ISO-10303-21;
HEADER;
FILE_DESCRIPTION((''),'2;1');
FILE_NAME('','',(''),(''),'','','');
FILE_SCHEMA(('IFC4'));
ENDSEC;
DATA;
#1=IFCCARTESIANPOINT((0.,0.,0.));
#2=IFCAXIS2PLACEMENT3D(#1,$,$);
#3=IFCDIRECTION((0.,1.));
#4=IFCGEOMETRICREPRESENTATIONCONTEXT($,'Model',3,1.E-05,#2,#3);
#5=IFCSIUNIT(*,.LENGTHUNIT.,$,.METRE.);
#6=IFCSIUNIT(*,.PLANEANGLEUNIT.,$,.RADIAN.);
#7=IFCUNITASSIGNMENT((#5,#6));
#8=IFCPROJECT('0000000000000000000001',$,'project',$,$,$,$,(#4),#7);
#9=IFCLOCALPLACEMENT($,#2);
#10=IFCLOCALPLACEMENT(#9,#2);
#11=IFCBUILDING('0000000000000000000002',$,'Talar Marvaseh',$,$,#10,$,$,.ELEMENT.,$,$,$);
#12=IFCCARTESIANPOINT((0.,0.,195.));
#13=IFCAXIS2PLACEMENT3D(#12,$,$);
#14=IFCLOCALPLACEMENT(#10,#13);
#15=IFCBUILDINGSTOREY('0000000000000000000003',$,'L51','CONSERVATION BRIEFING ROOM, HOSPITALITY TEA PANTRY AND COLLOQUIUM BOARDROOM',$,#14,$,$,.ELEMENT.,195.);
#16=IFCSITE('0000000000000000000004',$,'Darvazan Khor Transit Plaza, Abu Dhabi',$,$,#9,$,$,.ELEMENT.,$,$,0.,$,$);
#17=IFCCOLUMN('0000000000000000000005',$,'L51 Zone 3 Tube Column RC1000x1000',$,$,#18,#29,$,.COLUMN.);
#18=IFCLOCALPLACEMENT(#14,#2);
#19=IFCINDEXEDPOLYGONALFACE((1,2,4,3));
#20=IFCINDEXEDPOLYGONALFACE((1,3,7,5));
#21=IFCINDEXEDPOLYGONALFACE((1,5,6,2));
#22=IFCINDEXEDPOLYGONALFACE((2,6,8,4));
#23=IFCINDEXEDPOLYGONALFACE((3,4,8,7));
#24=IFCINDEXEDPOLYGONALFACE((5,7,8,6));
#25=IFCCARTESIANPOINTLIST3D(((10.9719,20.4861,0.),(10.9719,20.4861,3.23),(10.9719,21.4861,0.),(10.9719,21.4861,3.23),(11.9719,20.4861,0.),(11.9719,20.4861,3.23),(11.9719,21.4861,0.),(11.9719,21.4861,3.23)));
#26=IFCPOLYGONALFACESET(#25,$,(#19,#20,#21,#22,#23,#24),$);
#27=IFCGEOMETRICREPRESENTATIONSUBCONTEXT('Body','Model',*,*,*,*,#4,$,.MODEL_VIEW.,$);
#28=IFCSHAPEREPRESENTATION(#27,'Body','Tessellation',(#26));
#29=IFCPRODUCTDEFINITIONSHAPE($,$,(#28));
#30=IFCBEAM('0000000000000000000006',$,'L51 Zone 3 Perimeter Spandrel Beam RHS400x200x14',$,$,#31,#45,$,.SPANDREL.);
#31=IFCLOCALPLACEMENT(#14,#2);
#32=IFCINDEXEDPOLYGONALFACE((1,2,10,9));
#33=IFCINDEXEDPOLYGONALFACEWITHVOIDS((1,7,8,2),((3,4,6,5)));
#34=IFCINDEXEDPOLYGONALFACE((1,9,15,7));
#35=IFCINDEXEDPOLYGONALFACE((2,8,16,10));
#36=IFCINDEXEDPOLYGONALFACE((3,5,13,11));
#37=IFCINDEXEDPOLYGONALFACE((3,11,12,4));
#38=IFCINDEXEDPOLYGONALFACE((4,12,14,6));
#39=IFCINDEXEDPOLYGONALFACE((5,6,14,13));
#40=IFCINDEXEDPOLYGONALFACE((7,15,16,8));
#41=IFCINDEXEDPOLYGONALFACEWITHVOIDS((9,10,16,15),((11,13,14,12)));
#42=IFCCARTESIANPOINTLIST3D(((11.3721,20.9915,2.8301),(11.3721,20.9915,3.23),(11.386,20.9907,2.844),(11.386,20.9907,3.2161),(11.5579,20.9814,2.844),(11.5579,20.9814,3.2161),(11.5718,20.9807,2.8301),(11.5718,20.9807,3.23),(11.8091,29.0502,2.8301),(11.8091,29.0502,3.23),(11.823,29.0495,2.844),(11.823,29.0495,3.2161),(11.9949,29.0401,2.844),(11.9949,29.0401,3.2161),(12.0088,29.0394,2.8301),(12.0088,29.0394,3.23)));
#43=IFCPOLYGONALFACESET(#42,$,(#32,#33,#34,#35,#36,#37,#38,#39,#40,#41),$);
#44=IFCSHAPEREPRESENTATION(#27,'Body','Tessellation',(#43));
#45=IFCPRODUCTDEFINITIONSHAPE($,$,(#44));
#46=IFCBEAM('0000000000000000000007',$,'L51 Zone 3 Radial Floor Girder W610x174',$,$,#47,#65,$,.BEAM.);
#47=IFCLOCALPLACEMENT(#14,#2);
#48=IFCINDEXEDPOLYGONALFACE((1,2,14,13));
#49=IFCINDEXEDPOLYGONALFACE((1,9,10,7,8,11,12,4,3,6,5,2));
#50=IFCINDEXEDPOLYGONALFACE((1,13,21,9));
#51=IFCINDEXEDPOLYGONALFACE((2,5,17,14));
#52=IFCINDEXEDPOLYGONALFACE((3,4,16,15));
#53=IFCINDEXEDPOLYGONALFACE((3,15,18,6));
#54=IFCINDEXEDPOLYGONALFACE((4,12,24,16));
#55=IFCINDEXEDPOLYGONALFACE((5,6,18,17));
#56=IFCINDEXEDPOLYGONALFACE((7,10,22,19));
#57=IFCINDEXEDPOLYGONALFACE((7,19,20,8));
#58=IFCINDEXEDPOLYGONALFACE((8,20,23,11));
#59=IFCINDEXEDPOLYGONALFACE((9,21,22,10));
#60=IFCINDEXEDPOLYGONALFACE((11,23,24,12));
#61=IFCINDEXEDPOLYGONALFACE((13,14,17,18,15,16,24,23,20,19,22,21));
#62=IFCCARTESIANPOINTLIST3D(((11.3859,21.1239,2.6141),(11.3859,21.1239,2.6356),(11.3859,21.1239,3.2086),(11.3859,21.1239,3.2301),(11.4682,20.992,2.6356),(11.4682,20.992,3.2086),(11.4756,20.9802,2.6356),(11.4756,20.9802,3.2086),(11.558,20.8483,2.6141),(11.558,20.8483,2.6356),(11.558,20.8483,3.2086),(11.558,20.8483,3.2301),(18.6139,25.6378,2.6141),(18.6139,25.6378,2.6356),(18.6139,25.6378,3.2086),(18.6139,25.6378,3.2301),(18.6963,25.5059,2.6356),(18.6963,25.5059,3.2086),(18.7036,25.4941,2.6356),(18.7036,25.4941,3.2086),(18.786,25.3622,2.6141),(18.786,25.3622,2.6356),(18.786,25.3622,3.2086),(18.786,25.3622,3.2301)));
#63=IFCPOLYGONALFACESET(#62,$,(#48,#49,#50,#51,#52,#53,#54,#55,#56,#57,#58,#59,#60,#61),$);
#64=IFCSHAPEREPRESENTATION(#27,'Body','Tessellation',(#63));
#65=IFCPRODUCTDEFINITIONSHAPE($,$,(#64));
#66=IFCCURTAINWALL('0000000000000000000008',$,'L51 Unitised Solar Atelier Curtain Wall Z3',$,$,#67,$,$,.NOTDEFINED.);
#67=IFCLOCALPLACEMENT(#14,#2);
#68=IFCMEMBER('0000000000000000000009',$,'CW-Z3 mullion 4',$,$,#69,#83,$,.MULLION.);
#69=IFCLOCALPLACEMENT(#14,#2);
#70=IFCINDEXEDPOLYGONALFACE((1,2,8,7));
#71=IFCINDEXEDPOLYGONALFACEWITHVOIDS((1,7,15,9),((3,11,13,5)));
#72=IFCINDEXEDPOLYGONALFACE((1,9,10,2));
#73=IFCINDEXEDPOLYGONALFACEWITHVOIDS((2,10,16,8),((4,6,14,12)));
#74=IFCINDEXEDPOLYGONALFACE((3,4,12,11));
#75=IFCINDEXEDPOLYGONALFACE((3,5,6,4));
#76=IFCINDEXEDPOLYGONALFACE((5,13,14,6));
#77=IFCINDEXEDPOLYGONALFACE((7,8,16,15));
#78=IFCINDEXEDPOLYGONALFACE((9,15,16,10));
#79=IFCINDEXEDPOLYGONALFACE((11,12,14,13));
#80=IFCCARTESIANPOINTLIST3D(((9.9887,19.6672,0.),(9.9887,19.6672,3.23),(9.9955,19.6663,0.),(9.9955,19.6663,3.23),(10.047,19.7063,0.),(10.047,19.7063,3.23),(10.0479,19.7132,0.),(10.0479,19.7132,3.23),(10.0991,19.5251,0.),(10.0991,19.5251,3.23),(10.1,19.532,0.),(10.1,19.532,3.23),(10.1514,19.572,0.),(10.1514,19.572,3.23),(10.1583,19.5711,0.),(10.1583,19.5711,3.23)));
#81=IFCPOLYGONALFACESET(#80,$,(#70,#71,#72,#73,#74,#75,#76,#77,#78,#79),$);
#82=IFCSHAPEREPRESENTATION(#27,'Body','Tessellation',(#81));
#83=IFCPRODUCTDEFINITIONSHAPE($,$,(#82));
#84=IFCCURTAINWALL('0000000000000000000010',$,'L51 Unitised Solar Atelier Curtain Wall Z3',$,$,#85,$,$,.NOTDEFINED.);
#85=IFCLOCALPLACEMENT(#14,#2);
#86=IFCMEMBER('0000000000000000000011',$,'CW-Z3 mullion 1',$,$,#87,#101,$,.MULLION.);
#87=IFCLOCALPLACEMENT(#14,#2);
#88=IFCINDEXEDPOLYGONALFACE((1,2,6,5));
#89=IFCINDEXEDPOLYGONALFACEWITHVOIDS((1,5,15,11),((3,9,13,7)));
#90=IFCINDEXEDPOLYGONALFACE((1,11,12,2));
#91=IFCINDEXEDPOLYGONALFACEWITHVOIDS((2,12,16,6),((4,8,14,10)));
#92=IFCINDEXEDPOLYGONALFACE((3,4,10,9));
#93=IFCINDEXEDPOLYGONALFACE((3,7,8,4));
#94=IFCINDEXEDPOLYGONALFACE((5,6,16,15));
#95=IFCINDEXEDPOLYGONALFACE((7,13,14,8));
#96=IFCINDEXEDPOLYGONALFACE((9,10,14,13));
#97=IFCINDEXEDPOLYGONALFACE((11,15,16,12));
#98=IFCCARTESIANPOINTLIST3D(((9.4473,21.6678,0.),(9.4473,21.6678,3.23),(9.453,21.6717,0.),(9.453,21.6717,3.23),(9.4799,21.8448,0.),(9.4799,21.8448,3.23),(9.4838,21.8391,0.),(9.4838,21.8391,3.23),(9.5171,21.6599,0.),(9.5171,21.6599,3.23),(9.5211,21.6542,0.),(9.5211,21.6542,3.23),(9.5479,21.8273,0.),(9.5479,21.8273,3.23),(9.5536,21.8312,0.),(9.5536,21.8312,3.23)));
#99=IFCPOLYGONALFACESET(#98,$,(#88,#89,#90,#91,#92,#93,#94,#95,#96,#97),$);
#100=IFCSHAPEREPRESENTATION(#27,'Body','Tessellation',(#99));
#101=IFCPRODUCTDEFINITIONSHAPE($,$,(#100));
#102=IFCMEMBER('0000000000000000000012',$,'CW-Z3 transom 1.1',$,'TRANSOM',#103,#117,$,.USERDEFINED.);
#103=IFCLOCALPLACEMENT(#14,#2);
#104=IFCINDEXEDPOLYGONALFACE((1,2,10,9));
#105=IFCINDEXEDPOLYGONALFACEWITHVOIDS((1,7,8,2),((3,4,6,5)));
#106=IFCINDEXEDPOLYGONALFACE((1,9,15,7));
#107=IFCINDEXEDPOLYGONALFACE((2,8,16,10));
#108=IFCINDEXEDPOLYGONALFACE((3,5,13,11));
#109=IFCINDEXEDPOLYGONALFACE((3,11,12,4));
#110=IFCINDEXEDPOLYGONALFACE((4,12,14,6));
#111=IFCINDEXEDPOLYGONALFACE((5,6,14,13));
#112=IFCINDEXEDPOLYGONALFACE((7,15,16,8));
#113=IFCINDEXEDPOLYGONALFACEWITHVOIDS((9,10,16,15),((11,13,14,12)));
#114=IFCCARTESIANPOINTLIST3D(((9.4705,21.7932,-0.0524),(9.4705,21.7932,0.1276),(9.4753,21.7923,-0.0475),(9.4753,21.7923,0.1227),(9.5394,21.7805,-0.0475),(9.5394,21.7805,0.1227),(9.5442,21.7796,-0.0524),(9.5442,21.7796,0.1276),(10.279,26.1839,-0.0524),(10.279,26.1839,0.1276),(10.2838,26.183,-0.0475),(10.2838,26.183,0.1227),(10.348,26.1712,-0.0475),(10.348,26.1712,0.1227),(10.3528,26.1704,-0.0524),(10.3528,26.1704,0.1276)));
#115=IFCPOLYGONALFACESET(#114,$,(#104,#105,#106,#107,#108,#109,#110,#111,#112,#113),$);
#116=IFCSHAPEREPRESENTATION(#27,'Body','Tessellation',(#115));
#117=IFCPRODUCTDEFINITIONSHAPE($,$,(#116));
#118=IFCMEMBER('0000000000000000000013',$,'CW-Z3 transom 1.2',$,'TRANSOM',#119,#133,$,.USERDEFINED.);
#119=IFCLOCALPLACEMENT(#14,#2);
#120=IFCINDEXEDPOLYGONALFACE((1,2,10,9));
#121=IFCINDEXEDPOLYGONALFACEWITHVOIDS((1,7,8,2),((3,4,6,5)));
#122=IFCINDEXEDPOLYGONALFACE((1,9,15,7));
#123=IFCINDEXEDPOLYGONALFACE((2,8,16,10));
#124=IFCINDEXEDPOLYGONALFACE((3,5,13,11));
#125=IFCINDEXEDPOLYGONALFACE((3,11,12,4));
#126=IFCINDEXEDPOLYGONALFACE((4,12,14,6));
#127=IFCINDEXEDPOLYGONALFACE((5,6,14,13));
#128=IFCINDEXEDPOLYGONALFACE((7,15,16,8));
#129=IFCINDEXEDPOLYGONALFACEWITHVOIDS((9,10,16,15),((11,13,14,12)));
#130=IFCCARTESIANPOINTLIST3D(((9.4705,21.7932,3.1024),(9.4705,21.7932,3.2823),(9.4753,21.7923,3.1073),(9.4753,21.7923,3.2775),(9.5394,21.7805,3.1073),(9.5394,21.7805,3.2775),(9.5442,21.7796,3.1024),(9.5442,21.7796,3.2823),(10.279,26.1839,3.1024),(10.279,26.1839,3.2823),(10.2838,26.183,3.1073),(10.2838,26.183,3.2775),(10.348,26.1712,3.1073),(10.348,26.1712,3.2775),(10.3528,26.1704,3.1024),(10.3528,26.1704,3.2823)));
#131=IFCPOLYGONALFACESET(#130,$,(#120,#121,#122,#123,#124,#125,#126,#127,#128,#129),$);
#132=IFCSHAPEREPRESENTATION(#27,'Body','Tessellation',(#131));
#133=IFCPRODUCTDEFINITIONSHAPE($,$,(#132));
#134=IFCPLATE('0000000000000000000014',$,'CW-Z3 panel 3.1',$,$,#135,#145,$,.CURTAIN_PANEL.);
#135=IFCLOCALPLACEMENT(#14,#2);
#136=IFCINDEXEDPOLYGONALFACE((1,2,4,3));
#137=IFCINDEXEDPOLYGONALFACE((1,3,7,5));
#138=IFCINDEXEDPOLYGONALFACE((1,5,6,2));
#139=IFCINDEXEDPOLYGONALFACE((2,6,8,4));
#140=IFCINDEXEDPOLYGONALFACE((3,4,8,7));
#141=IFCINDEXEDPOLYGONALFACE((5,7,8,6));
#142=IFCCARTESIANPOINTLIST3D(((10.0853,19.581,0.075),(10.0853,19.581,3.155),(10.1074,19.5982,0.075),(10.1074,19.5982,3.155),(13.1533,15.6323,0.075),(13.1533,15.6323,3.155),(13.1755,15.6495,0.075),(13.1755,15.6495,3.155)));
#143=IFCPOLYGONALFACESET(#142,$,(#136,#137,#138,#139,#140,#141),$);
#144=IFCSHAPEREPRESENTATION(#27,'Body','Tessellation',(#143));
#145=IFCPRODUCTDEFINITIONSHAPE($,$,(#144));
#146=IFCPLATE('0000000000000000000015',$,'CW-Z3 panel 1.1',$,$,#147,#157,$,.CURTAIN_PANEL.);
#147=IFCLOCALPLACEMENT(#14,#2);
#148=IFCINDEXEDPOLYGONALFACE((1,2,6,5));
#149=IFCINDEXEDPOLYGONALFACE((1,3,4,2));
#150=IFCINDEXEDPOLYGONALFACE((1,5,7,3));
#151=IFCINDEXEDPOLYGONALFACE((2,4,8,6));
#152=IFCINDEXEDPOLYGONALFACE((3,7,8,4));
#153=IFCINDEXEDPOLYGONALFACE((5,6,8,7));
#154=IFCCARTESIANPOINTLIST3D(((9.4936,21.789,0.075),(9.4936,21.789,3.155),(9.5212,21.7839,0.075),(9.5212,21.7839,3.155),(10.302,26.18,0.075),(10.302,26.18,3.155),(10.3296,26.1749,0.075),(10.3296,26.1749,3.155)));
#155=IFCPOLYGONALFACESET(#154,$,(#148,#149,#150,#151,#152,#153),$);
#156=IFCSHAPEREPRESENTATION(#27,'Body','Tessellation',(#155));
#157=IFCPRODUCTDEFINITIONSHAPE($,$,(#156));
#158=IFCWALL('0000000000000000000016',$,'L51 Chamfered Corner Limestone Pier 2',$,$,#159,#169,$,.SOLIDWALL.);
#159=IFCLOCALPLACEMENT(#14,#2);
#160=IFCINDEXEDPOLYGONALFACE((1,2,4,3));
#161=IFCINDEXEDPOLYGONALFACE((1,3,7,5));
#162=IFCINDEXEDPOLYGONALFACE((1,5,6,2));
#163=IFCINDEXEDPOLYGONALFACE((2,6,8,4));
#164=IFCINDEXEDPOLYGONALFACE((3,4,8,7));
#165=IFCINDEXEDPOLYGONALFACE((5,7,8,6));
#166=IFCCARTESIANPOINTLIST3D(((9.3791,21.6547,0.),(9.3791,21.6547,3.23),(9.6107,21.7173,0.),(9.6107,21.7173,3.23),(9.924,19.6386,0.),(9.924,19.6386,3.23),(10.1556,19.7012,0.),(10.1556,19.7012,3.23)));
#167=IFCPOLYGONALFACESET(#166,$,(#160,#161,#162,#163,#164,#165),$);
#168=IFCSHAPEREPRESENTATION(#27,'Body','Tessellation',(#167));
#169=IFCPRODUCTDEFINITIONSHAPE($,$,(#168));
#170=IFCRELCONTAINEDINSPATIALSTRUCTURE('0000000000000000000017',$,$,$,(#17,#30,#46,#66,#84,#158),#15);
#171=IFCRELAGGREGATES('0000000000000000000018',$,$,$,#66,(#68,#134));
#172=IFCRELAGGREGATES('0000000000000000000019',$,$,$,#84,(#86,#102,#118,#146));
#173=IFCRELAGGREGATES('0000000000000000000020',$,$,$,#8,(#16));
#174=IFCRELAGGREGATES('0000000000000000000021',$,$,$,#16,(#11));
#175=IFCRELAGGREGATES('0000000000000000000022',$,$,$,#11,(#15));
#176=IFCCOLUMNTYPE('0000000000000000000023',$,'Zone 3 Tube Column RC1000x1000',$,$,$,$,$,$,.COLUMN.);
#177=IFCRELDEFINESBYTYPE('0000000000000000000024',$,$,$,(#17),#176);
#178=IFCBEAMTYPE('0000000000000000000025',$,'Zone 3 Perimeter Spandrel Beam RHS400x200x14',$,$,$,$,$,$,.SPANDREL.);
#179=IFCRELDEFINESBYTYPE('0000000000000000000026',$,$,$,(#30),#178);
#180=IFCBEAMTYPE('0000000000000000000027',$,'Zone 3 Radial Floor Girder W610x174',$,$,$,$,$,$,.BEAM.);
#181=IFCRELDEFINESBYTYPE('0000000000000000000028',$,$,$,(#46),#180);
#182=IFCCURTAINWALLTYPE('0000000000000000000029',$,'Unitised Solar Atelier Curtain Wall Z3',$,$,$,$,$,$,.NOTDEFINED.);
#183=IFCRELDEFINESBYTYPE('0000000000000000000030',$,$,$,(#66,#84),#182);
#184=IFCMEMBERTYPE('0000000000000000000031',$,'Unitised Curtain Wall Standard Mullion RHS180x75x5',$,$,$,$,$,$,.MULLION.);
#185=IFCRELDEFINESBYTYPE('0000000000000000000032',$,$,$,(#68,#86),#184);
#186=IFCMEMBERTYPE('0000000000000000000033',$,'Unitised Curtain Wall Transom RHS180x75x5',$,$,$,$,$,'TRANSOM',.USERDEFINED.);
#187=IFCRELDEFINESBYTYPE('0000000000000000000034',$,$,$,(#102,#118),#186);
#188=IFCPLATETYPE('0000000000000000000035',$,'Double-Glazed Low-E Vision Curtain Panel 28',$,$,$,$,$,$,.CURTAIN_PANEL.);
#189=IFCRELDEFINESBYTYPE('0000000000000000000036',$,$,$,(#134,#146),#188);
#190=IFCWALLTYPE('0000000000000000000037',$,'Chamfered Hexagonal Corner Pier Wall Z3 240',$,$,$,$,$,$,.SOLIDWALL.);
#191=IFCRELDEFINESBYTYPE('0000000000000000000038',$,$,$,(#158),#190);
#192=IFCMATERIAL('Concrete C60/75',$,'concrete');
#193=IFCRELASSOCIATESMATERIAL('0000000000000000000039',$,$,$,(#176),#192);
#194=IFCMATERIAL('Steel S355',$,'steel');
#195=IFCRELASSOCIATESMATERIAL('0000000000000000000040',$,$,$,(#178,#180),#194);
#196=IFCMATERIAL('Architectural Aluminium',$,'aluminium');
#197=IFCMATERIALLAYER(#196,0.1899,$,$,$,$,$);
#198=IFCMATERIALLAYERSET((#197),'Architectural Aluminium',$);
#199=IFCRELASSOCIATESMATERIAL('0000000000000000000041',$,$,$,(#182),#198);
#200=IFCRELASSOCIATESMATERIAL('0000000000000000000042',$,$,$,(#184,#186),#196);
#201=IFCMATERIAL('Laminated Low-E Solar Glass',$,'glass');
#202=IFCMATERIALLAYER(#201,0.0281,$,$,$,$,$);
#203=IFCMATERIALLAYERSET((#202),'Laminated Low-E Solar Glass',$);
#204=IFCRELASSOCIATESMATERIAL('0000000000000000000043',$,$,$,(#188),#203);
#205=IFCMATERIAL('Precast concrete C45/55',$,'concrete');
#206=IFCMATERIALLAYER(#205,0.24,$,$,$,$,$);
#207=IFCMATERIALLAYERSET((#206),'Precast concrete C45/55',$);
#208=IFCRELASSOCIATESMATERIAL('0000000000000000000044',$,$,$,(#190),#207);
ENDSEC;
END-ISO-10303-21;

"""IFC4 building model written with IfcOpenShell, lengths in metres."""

from ifc_helpers import new_model, si_unit, direction, frame, frame_2d, origin, origin_2d, place, context, subcontext, project, spatial, rectangle, hollow_rectangle, i_section, extrude, source, transform, mapped, material, layer, layer_set, material_profile, profile_set, type_object, type_shapes, element, aggregate, save


model = new_model("IFC4")

# Units and contexts
model_context = context("Model", 3, precision=1e-05, world=origin(), true_north=direction((0.0, 1.0)))
body_context = subcontext(model_context, "Body", "Model", "MODEL_VIEW")
ifc_project = project(units=[si_unit("LENGTHUNIT", "METRE"), si_unit("PLANEANGLEUNIT", "RADIAN")], contexts=[model_context])

# Site, building, storey
site_placement = place(None, origin())
site = spatial("IfcSite", under=ifc_project, at=site_placement, Name="Darvazan Khor Transit Plaza, Abu Dhabi", CompositionType="ELEMENT", RefElevation=0.0)
building_placement = place(site_placement, origin())
building = spatial("IfcBuilding", under=site, at=building_placement, Name="Talar Marvaseh", CompositionType="ELEMENT")
storey_placement = place(building_placement, frame((0.0, 0.0, 195.0)))
storey = spatial("IfcBuildingStorey", under=building, at=storey_placement, Name="L51", Description="CONSERVATION BRIEFING ROOM, HOSPITALITY TEA PANTRY AND COLLOQUIUM BOARDROOM", CompositionType="ELEMENT", Elevation=195.0)

# Column
ifc_material_1 = material(Name="Concrete C60/75", Category="concrete")
ifc_material_profile_1 = material_profile(ifc_material_1, rectangle(XDim=1.0, YDim=1.0, at=origin_2d()), Name="RC1000x1000")
ifc_profile_set_1 = profile_set([ifc_material_profile_1], Name="Concrete C60/75")
column_type = type_object("IfcColumnType", Name="Zone 3 Tube Column RC1000x1000", PredefinedType="COLUMN", material=ifc_profile_set_1)
column_placement = place(storey_placement, frame((11.4719, 20.9861, 0.0), z_axis=(0.0, 0.0, 1.0), x_axis=(1.0, 0.0, 0.0)))
element("IfcColumn", 1, at=column_placement, inside=storey, type_object=column_type, Name="L51 Zone 3 Tube Column RC1000x1000", PredefinedType="COLUMN", context=body_context, shape_type="SweptSolid", body=[
    extrude(rectangle(XDim=1.0, YDim=1.0, at=origin_2d()), origin(), (0.0, 0.0, 1.0), 3.23),
])

# Beams
ifc_material_2 = material(Name="Steel S355", Category="steel")
ifc_material_profile_2 = material_profile(ifc_material_2, hollow_rectangle(XDim=0.2, YDim=0.3999, WallThickness=0.0139, at=origin_2d()), Name="RHS400x200x14")
ifc_profile_set_2 = profile_set([ifc_material_profile_2], Name="Steel S355")
beam_type_1 = type_object("IfcBeamType", Name="Zone 3 Perimeter Spandrel Beam RHS400x200x14", PredefinedType="SPANDREL", material=ifc_profile_set_2)
beam_1_placement = place(storey_placement, frame((11.4719, 20.9861, 3.03), z_axis=(0.054148, 0.998533, 0.0), x_axis=(-0.998533, 0.054148, 0.0)))
element("IfcBeam", 2, at=beam_1_placement, inside=storey, type_object=beam_type_1, Name="L51 Zone 3 Perimeter Spandrel Beam RHS400x200x14", PredefinedType="SPANDREL", context=body_context, shape_type="SweptSolid", body=[
    extrude(hollow_rectangle(XDim=0.2, YDim=0.3999, WallThickness=0.0139, at=origin_2d()), origin(), (0.0, 0.0, 1.0), 8.0706),
])
ifc_material_profile_3 = material_profile(ifc_material_2, i_section(OverallWidth=0.325, OverallDepth=0.616, WebThickness=0.0139, FlangeThickness=0.0215, at=origin_2d()), Name="W610x174")
ifc_profile_set_3 = profile_set([ifc_material_profile_3], Name="Steel S355")
beam_type_2 = type_object("IfcBeamType", Name="Zone 3 Radial Floor Girder W610x174", PredefinedType="BEAM", material=ifc_profile_set_3)
beam_2_placement = place(storey_placement, frame((11.4719, 20.9861, 2.9221), z_axis=(0.848188, 0.529695, 0.0), x_axis=(-0.529695, 0.848188, 0.0)))
element("IfcBeam", 3, at=beam_2_placement, inside=storey, type_object=beam_type_2, Name="L51 Zone 3 Radial Floor Girder W610x174", PredefinedType="BEAM", context=body_context, shape_type="SweptSolid", body=[
    extrude(i_section(OverallWidth=0.325, OverallDepth=0.616, WebThickness=0.0139, FlangeThickness=0.0215, at=origin_2d()), origin(), (0.0, 0.0, 1.0), 8.5217),
])

# Curtain wall, member
ifc_material_3 = material(Name="Architectural Aluminium", Category="aluminium")
ifc_layer_1 = layer(ifc_material_3, 0.1899)
ifc_layer_set_1 = layer_set([ifc_layer_1], Name="Architectural Aluminium")
curtain_wall_type = type_object("IfcCurtainWallType", Name="Unitised Solar Atelier Curtain Wall Z3", PredefinedType="NOTDEFINED", material=ifc_layer_set_1)
curtain_wall_1_placement = place(storey_placement, origin())
curtain_wall_1 = element("IfcCurtainWall", 4, at=curtain_wall_1_placement, inside=storey, type_object=curtain_wall_type, Name="L51 Unitised Solar Atelier Curtain Wall Z3", PredefinedType="NOTDEFINED")
ifc_material_profile_4 = material_profile(ifc_material_3, hollow_rectangle(XDim=0.075, YDim=0.1799, WallThickness=0.0049, at=origin_2d()), Name="RHS180x75x5")
ifc_profile_set_4 = profile_set([ifc_material_profile_4], Name="Architectural Aluminium")
member_type_1 = type_object("IfcMemberType", Name="Unitised Curtain Wall Standard Mullion RHS180x75x5", PredefinedType="MULLION", material=ifc_profile_set_4)
shared_shape_1 = source(origin(), body_context, "Body", "SweptSolid", [
    extrude(hollow_rectangle(XDim=0.075, YDim=0.1799, WallThickness=0.0049, at=origin_2d()), origin(), (0.0, 0.0, 1.0), 3.23),
])
type_shapes(member_type_1, [shared_shape_1])
member_1_placement = place(storey_placement, frame((10.0735, 19.6191, 0.0), z_axis=(0.0, 0.0, 1.0), x_axis=(-0.789661, -0.613543, 0.0)))
member_1 = element("IfcMember", 5, at=member_1_placement, type_object=member_type_1, Name="CW-Z3 mullion 4", PredefinedType="MULLION", context=body_context, shape_type="MappedRepresentation", body=[
    mapped(shared_shape_1, transform((0.0, 0.0, 0.0), x_axis=(1.0, 0.0, 0.0), y_axis=(0.0, 1.0, 0.0), z_axis=(0.0, 0.0, 1.0), scale=1.0)),
])

# Curtain wall, members
curtain_wall_2_placement = place(storey_placement, origin())
curtain_wall_2 = element("IfcCurtainWall", 6, at=curtain_wall_2_placement, inside=storey, type_object=curtain_wall_type, Name="L51 Unitised Solar Atelier Curtain Wall Z3", PredefinedType="NOTDEFINED")
member_2_placement = place(storey_placement, frame((9.5005, 21.7495, 0.0), z_axis=(0.0, 0.0, 1.0), x_axis=(-0.98347, 0.181069, 0.0)))
member_2 = element("IfcMember", 7, at=member_2_placement, type_object=member_type_1, Name="CW-Z3 mullion 1", PredefinedType="MULLION", context=body_context, shape_type="MappedRepresentation", body=[
    mapped(shared_shape_1, transform((0.0, 0.0, 0.0), x_axis=(1.0, 0.0, 0.0), y_axis=(0.0, 1.0, 0.0), z_axis=(0.0, 0.0, 1.0), scale=1.0)),
])
ifc_material_profile_5 = material_profile(ifc_material_3, hollow_rectangle(XDim=0.075, YDim=0.1799, WallThickness=0.0049, at=origin_2d()), Name="RHS180x75x5")
ifc_profile_set_5 = profile_set([ifc_material_profile_5], Name="Architectural Aluminium")
member_type_2 = type_object("IfcMemberType", Name="Unitised Curtain Wall Transom RHS180x75x5", ElementType="TRANSOM", PredefinedType="USERDEFINED", material=ifc_profile_set_5)
shared_shape_2 = source(origin(), body_context, "Body", "SweptSolid", [
    extrude(hollow_rectangle(XDim=0.075, YDim=0.1799, WallThickness=0.0049, at=origin_2d()), origin(), (0.0, 0.0, 1.0), 4.4646),
])
type_shapes(member_type_2, [shared_shape_2])
member_3_placement = place(storey_placement, frame((9.5073, 21.7864, 0.0376), z_axis=(0.181108, 0.983463, 0.0), x_axis=(-0.983463, 0.181108, 0.0)))
member_3 = element("IfcMember", 8, at=member_3_placement, type_object=member_type_2, Name="CW-Z3 transom 1.1", ObjectType="TRANSOM", PredefinedType="USERDEFINED", context=body_context, shape_type="MappedRepresentation", body=[
    mapped(shared_shape_2, transform((0.0, 0.0, 0.0), x_axis=(1.0, 0.0, 0.0), y_axis=(0.0, 1.0, 0.0), z_axis=(0.0, 0.0, 1.0), scale=1.0)),
])
member_4_placement = place(storey_placement, frame((9.5073, 21.7864, 3.1924), z_axis=(0.181108, 0.983463, 0.0), x_axis=(-0.983463, 0.181108, 0.0)))
member_4 = element("IfcMember", 9, at=member_4_placement, type_object=member_type_2, Name="CW-Z3 transom 1.2", ObjectType="TRANSOM", PredefinedType="USERDEFINED", context=body_context, shape_type="MappedRepresentation", body=[
    mapped(shared_shape_2, transform((0.0, 0.0, 0.0), x_axis=(1.0, 0.0, 0.0), y_axis=(0.0, 1.0, 0.0), z_axis=(0.0, 0.0, 1.0), scale=1.0)),
])

# Plates
ifc_material_4 = material(Name="Laminated Low-E Solar Glass", Category="glass")
ifc_layer_2 = layer(ifc_material_4, 0.0281)
ifc_layer_set_2 = layer_set([ifc_layer_2], Name="Laminated Low-E Solar Glass")
plate_type = type_object("IfcPlateType", Name="Double-Glazed Low-E Vision Curtain Panel 28", PredefinedType="CURTAIN_PANEL", material=ifc_layer_set_2)
shared_shape_3 = source(origin(), body_context, "Body", "SweptSolid", [
    extrude(rectangle(XDim=5.0005, YDim=0.0281, at=origin_2d()), origin(), (0.0, 0.0, 1.0), 3.0801),
])
plate_1_placement = place(storey_placement, frame((11.6304, 17.6152, 0.075), z_axis=(0.0, 0.0, 1.0), x_axis=(-0.613543, 0.789661, 0.0)))
plate_1 = element("IfcPlate", 10, at=plate_1_placement, type_object=plate_type, Name="CW-Z3 panel 3.1", PredefinedType="CURTAIN_PANEL", context=body_context, shape_type="MappedRepresentation", body=[
    mapped(shared_shape_3, transform((0.0, 0.0, 0.0), x_axis=(1.0, 0.0, 0.0), y_axis=(0.0, 1.0, 0.0), z_axis=(0.0, 0.0, 1.0), scale=1.0)),
])
aggregate(curtain_wall_1, [member_1, plate_1])
shared_shape_4 = source(origin(), body_context, "Body", "SweptSolid", [
    extrude(rectangle(XDim=4.4648, YDim=0.0281, at=origin_2d()), origin(), (0.0, 0.0, 1.0), 3.0801),
])
type_shapes(plate_type, [shared_shape_3, shared_shape_4])
plate_2_placement = place(storey_placement, frame((9.9116, 23.9819, 0.075), z_axis=(0.0, 0.0, 1.0), x_axis=(0.181069, 0.98347, 0.0)))
plate_2 = element("IfcPlate", 11, at=plate_2_placement, type_object=plate_type, Name="CW-Z3 panel 1.1", PredefinedType="CURTAIN_PANEL", context=body_context, shape_type="MappedRepresentation", body=[
    mapped(shared_shape_4, transform((0.0, 0.0, 0.0), x_axis=(1.0, 0.0, 0.0), y_axis=(0.0, 1.0, 0.0), z_axis=(0.0, 0.0, 1.0), scale=1.0)),
])
aggregate(curtain_wall_2, [member_2, member_3, member_4, plate_2])

# Wall
ifc_material_5 = material(Name="Precast concrete C45/55", Category="concrete")
ifc_layer_3 = layer(ifc_material_5, 0.24)
ifc_layer_set_3 = layer_set([ifc_layer_3], Name="Precast concrete C45/55")
wall_type_1 = type_object("IfcWallType", Name="Chamfered Hexagonal Corner Pier Wall Z3 240", PredefinedType="SOLIDWALL", material=ifc_layer_set_3)
wall_1_placement = place(storey_placement, frame((10.0398, 19.6699, 0.0), z_axis=(0.0, 0.0, 1.0), x_axis=(-0.260921, 0.96536, 0.0)))
element("IfcWall", 12, at=wall_1_placement, inside=storey, type_object=wall_type_1, Name="L51 Chamfered Corner Limestone Pier 2", PredefinedType="SOLIDWALL", context=body_context, shape_type="SweptSolid", body=[
    extrude(rectangle(XDim=2.0884, YDim=0.24, at=frame_2d((1.0442, 0.0))), origin(), (0.0, 0.0, 1.0), 3.23),
])

save(model, "model.ifc")
